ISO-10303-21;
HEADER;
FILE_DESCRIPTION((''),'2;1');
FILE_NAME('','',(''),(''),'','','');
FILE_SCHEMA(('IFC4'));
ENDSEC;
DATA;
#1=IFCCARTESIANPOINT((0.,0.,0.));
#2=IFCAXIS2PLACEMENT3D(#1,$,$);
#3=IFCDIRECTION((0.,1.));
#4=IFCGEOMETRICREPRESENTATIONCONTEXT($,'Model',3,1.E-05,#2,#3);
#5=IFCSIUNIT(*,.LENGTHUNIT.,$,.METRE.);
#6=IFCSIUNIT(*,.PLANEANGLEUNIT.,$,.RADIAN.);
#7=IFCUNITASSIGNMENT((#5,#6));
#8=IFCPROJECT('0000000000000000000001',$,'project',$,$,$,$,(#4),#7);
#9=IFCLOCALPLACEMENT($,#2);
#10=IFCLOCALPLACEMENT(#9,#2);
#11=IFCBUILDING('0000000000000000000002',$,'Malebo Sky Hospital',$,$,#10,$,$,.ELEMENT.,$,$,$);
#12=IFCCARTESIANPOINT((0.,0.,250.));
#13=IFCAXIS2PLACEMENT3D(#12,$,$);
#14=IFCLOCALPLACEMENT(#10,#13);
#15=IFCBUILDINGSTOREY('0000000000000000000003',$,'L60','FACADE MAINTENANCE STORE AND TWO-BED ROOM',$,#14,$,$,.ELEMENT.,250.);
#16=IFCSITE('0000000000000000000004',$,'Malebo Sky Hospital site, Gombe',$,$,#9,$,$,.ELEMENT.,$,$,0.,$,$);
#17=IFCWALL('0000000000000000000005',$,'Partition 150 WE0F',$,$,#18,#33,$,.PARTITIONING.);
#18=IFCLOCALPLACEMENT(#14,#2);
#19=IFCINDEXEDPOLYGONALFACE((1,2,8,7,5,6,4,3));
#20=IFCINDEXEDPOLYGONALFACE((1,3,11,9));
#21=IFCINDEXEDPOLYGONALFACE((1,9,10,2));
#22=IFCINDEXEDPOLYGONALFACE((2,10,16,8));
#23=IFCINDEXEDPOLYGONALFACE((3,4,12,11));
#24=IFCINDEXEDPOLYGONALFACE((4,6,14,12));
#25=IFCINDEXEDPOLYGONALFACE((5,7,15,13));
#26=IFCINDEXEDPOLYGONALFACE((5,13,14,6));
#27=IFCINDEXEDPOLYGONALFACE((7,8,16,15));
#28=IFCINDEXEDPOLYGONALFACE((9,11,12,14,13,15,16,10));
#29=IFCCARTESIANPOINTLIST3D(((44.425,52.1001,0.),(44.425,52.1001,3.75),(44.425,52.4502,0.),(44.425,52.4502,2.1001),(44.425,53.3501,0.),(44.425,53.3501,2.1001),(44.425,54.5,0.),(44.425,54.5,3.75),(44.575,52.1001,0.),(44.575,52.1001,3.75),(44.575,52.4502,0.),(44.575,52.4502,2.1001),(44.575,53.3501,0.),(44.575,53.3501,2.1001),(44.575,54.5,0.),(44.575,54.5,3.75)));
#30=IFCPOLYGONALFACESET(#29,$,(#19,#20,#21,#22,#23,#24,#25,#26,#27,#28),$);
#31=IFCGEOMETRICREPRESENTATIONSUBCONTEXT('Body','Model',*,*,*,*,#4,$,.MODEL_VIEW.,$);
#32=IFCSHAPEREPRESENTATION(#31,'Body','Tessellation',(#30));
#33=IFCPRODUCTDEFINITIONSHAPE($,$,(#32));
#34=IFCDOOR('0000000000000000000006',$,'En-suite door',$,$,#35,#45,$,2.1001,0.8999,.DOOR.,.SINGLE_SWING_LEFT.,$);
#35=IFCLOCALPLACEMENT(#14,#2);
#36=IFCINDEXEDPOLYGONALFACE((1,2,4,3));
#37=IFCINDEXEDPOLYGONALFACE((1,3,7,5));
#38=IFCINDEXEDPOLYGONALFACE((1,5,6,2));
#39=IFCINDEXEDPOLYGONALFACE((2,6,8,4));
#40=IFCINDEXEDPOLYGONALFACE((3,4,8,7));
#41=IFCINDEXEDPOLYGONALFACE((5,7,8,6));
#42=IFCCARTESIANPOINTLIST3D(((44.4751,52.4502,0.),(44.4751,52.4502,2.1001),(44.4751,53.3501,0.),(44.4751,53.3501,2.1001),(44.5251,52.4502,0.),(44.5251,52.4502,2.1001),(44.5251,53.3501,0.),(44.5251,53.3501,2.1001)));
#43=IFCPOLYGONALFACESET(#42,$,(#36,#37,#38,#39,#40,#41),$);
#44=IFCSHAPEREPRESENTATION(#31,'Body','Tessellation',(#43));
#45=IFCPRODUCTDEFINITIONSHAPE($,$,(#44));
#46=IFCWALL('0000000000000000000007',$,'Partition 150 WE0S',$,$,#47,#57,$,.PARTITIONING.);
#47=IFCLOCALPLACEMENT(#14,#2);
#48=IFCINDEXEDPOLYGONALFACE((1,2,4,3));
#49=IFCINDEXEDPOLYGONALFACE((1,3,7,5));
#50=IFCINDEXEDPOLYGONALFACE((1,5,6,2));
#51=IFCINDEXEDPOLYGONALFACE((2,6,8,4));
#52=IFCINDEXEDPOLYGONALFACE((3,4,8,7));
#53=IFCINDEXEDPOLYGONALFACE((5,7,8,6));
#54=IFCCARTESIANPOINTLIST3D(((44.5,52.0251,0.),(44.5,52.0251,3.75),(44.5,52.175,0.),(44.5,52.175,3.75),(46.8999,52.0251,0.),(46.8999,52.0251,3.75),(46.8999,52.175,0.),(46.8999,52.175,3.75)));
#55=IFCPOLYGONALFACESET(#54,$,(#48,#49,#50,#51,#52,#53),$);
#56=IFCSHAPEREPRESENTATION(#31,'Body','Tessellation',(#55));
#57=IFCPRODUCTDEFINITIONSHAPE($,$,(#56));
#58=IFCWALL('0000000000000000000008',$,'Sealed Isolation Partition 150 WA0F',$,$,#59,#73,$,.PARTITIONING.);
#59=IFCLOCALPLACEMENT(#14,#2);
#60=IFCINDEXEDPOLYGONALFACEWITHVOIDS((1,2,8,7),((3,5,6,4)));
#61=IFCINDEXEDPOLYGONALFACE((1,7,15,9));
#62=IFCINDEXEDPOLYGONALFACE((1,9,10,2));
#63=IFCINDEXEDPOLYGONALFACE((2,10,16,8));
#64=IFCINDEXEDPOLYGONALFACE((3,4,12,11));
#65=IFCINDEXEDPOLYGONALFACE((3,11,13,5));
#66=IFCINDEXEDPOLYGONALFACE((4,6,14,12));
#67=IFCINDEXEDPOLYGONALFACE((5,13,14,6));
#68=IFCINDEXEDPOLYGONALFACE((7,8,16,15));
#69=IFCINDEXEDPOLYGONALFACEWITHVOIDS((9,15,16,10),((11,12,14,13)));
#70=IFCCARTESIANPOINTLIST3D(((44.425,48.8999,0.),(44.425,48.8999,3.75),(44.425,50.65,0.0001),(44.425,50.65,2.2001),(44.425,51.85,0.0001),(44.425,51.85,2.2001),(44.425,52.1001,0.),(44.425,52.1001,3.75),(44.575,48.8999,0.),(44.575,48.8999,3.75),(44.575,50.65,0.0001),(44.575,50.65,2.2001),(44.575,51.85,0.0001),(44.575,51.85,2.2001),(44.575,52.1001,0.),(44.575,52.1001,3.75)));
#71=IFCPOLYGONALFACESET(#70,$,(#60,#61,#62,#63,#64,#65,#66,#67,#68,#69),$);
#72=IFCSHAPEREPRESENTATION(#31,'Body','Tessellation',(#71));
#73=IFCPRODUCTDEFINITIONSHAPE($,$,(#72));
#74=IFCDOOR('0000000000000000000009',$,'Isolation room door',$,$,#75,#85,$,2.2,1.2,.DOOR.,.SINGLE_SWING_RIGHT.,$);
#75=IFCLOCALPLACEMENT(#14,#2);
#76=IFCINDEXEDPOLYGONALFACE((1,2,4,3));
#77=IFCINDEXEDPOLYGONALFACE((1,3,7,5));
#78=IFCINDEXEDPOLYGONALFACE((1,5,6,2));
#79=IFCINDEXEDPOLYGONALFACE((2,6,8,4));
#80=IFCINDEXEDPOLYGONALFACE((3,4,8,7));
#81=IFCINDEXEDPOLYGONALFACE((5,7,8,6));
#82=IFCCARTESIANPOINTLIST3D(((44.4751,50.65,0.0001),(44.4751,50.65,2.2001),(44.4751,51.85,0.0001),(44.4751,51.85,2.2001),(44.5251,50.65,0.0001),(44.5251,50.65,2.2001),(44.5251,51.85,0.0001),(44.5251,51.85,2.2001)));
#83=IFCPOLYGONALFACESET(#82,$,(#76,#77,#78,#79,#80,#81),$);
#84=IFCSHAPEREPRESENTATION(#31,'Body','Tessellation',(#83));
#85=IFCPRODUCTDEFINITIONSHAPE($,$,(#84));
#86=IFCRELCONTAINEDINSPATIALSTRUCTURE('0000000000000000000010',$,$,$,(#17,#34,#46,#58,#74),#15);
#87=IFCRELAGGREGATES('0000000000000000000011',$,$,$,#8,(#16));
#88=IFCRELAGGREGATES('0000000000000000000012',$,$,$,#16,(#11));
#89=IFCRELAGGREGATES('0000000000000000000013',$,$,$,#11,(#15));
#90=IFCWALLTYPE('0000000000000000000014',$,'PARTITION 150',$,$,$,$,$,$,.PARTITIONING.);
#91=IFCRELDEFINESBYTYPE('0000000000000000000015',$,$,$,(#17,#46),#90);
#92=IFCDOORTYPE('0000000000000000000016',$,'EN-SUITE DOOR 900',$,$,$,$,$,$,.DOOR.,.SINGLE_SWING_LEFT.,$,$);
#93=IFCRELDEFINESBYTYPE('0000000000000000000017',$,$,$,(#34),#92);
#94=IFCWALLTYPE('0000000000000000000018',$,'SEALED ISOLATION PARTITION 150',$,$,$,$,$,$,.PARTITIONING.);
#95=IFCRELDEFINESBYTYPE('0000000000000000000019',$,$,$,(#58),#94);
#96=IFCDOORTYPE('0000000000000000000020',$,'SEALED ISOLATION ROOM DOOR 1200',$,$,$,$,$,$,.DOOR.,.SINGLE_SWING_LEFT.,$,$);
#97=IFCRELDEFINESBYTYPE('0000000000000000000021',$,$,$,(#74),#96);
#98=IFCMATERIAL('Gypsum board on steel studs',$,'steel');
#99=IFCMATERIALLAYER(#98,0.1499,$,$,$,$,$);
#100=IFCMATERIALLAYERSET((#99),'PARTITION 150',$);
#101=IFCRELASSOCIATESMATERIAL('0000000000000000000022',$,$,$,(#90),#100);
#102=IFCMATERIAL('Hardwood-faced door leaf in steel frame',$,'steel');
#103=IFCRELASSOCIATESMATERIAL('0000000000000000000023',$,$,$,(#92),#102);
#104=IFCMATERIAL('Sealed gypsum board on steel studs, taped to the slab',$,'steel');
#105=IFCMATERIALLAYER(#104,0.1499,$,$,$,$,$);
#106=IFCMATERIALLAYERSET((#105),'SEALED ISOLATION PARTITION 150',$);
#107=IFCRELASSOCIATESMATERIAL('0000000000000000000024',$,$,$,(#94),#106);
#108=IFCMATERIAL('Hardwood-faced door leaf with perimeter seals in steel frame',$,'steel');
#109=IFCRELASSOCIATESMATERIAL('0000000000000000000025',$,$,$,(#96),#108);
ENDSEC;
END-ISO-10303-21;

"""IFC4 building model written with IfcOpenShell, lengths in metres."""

from ifc_helpers import new_model, si_unit, direction, frame, frame_2d, origin, place, context, subcontext, project, spatial, rectangle, extrude, material, layer, layer_set, type_object, element, fill, save


model = new_model("IFC4")

# Units and contexts
model_context = context("Model", 3, precision=1e-05, world=origin(), true_north=direction((0.0, 1.0)))
body_context = subcontext(model_context, "Body", "Model", "MODEL_VIEW")
ifc_project = project(units=[si_unit("LENGTHUNIT", "METRE"), si_unit("PLANEANGLEUNIT", "RADIAN")], contexts=[model_context])

# Site, building, storey
site_placement = place(None, origin())
site = spatial("IfcSite", under=ifc_project, at=site_placement, Name="Malebo Sky Hospital site, Gombe", CompositionType="ELEMENT", RefElevation=0.0)
building_placement = place(site_placement, origin())
building = spatial("IfcBuilding", under=site, at=building_placement, Name="Malebo Sky Hospital", CompositionType="ELEMENT")
storey_placement = place(building_placement, frame((0.0, 0.0, 250.0)))
storey = spatial("IfcBuildingStorey", under=building, at=storey_placement, Name="L60", Description="FACADE MAINTENANCE STORE AND TWO-BED ROOM", CompositionType="ELEMENT", Elevation=250.0)

# Shared definitions
ifc_material_1 = material(Name="Gypsum board on steel studs", Category="steel")
ifc_material_2 = material(Name="Hardwood-faced door leaf in steel frame", Category="steel")

# Shared definitions
ifc_layer_1 = layer(ifc_material_1, 0.1499)
ifc_layer_set_1 = layer_set([ifc_layer_1], Name="PARTITION 150")
wall_type_1 = type_object("IfcWallType", Name="PARTITION 150", PredefinedType="PARTITIONING", material=ifc_layer_set_1)

# Wall, opening, door
wall_1_placement = place(storey_placement, frame((44.5, 52.1001, 0.0), z_axis=(0.0, 0.0, 1.0), x_axis=(0.0, 1.0, 0.0)))
wall_1 = element("IfcWall", 1, at=wall_1_placement, inside=storey, type_object=wall_type_1, Name="Partition 150 WE0F", PredefinedType="PARTITIONING", context=body_context, shape_type="SweptSolid", body=[
    extrude(rectangle(XDim=2.3999, YDim=0.1499, at=frame_2d((1.2, 0.0))), origin(), (0.0, 0.0, 1.0), 3.75),
])
opening_1_placement = place(wall_1_placement, frame((0.3501, 0.0, 0.0)))
opening_1 = element("IfcOpeningElement", 2, at=opening_1_placement, cuts=wall_1, PredefinedType="OPENING", context=body_context, shape_type="SweptSolid", body=[
    extrude(rectangle(XDim=0.8999, YDim=2.1001, at=frame_2d((0.45, 1.05))), frame((0.0, 0.085, 0.0), z_axis=(0.0, -1.0, 0.0), x_axis=(1.0, 0.0, 0.0)), (0.0, 0.0, 1.0), 0.1699),
])
door_type_1 = type_object("IfcDoorType", Name="EN-SUITE DOOR 900", OperationType="SINGLE_SWING_LEFT", PredefinedType="DOOR", material=ifc_material_2)
door_1_placement = place(opening_1_placement, origin())
door_1 = element("IfcDoor", 3, at=door_1_placement, inside=storey, type_object=door_type_1, Name="En-suite door", OperationType="SINGLE_SWING_LEFT", OverallHeight=2.1001, OverallWidth=0.8999, PredefinedType="DOOR", context=body_context, shape_type="SweptSolid", body=[
    extrude(rectangle(XDim=0.8999, YDim=2.1001, at=frame_2d((0.45, 1.05))), frame((0.0, 0.0249, 0.0), z_axis=(0.0, -1.0, 0.0), x_axis=(1.0, 0.0, 0.0)), (0.0, 0.0, 1.0), 0.05),
])
fill(opening_1, door_1)

# Wall
wall_2_placement = place(storey_placement, frame((46.8999, 52.1001, 0.0), z_axis=(0.0, 0.0, 1.0), x_axis=(-1.0, 0.0, 0.0)))
element("IfcWall", 4, at=wall_2_placement, inside=storey, type_object=wall_type_1, Name="Partition 150 WE0S", PredefinedType="PARTITIONING", context=body_context, shape_type="SweptSolid", body=[
    extrude(rectangle(XDim=2.3999, YDim=0.1499, at=frame_2d((1.2, 0.0))), origin(), (0.0, 0.0, 1.0), 3.75),
])

# Wall, opening, door
ifc_material_3 = material(Name="Sealed gypsum board on steel studs, taped to the slab", Category="steel")
ifc_layer_2 = layer(ifc_material_3, 0.1499)
ifc_layer_set_2 = layer_set([ifc_layer_2], Name="SEALED ISOLATION PARTITION 150")
wall_type_2 = type_object("IfcWallType", Name="SEALED ISOLATION PARTITION 150", PredefinedType="PARTITIONING", material=ifc_layer_set_2)
wall_3_placement = place(storey_placement, frame((44.5, 48.8999, 0.0), z_axis=(0.0, 0.0, 1.0), x_axis=(0.0, 1.0, 0.0)))
wall_3 = element("IfcWall", 5, at=wall_3_placement, inside=storey, type_object=wall_type_2, Name="Sealed Isolation Partition 150 WA0F", PredefinedType="PARTITIONING", context=body_context, shape_type="SweptSolid", body=[
    extrude(rectangle(XDim=3.2002, YDim=0.1499, at=frame_2d((1.6001, 0.0))), origin(), (0.0, 0.0, 1.0), 3.75),
])
opening_2_placement = place(wall_3_placement, frame((1.75, 0.0, 0.0)))
opening_2 = element("IfcOpeningElement", 6, at=opening_2_placement, cuts=wall_3, PredefinedType="OPENING", context=body_context, shape_type="SweptSolid", body=[
    extrude(rectangle(XDim=1.2, YDim=2.2, at=frame_2d((0.6001, 1.1001))), frame((0.0, 0.085, 0.0), z_axis=(0.0, -1.0, 0.0), x_axis=(1.0, 0.0, 0.0)), (0.0, 0.0, 1.0), 0.1699),
])
ifc_material_4 = material(Name="Hardwood-faced door leaf with perimeter seals in steel frame", Category="steel")
door_type_2 = type_object("IfcDoorType", Name="SEALED ISOLATION ROOM DOOR 1200", OperationType="SINGLE_SWING_LEFT", PredefinedType="DOOR", material=ifc_material_4)
door_2_placement = place(opening_2_placement, origin())
door_2 = element("IfcDoor", 7, at=door_2_placement, inside=storey, type_object=door_type_2, Name="Isolation room door", OperationType="SINGLE_SWING_RIGHT", OverallHeight=2.2, OverallWidth=1.2, PredefinedType="DOOR", context=body_context, shape_type="SweptSolid", body=[
    extrude(rectangle(XDim=1.2, YDim=2.2, at=frame_2d((0.6001, 1.1001))), frame((0.0, 0.0249, 0.0), z_axis=(0.0, -1.0, 0.0), x_axis=(1.0, 0.0, 0.0)), (0.0, 0.0, 1.0), 0.05),
])
fill(opening_2, door_2)

save(model, "model.ifc")
